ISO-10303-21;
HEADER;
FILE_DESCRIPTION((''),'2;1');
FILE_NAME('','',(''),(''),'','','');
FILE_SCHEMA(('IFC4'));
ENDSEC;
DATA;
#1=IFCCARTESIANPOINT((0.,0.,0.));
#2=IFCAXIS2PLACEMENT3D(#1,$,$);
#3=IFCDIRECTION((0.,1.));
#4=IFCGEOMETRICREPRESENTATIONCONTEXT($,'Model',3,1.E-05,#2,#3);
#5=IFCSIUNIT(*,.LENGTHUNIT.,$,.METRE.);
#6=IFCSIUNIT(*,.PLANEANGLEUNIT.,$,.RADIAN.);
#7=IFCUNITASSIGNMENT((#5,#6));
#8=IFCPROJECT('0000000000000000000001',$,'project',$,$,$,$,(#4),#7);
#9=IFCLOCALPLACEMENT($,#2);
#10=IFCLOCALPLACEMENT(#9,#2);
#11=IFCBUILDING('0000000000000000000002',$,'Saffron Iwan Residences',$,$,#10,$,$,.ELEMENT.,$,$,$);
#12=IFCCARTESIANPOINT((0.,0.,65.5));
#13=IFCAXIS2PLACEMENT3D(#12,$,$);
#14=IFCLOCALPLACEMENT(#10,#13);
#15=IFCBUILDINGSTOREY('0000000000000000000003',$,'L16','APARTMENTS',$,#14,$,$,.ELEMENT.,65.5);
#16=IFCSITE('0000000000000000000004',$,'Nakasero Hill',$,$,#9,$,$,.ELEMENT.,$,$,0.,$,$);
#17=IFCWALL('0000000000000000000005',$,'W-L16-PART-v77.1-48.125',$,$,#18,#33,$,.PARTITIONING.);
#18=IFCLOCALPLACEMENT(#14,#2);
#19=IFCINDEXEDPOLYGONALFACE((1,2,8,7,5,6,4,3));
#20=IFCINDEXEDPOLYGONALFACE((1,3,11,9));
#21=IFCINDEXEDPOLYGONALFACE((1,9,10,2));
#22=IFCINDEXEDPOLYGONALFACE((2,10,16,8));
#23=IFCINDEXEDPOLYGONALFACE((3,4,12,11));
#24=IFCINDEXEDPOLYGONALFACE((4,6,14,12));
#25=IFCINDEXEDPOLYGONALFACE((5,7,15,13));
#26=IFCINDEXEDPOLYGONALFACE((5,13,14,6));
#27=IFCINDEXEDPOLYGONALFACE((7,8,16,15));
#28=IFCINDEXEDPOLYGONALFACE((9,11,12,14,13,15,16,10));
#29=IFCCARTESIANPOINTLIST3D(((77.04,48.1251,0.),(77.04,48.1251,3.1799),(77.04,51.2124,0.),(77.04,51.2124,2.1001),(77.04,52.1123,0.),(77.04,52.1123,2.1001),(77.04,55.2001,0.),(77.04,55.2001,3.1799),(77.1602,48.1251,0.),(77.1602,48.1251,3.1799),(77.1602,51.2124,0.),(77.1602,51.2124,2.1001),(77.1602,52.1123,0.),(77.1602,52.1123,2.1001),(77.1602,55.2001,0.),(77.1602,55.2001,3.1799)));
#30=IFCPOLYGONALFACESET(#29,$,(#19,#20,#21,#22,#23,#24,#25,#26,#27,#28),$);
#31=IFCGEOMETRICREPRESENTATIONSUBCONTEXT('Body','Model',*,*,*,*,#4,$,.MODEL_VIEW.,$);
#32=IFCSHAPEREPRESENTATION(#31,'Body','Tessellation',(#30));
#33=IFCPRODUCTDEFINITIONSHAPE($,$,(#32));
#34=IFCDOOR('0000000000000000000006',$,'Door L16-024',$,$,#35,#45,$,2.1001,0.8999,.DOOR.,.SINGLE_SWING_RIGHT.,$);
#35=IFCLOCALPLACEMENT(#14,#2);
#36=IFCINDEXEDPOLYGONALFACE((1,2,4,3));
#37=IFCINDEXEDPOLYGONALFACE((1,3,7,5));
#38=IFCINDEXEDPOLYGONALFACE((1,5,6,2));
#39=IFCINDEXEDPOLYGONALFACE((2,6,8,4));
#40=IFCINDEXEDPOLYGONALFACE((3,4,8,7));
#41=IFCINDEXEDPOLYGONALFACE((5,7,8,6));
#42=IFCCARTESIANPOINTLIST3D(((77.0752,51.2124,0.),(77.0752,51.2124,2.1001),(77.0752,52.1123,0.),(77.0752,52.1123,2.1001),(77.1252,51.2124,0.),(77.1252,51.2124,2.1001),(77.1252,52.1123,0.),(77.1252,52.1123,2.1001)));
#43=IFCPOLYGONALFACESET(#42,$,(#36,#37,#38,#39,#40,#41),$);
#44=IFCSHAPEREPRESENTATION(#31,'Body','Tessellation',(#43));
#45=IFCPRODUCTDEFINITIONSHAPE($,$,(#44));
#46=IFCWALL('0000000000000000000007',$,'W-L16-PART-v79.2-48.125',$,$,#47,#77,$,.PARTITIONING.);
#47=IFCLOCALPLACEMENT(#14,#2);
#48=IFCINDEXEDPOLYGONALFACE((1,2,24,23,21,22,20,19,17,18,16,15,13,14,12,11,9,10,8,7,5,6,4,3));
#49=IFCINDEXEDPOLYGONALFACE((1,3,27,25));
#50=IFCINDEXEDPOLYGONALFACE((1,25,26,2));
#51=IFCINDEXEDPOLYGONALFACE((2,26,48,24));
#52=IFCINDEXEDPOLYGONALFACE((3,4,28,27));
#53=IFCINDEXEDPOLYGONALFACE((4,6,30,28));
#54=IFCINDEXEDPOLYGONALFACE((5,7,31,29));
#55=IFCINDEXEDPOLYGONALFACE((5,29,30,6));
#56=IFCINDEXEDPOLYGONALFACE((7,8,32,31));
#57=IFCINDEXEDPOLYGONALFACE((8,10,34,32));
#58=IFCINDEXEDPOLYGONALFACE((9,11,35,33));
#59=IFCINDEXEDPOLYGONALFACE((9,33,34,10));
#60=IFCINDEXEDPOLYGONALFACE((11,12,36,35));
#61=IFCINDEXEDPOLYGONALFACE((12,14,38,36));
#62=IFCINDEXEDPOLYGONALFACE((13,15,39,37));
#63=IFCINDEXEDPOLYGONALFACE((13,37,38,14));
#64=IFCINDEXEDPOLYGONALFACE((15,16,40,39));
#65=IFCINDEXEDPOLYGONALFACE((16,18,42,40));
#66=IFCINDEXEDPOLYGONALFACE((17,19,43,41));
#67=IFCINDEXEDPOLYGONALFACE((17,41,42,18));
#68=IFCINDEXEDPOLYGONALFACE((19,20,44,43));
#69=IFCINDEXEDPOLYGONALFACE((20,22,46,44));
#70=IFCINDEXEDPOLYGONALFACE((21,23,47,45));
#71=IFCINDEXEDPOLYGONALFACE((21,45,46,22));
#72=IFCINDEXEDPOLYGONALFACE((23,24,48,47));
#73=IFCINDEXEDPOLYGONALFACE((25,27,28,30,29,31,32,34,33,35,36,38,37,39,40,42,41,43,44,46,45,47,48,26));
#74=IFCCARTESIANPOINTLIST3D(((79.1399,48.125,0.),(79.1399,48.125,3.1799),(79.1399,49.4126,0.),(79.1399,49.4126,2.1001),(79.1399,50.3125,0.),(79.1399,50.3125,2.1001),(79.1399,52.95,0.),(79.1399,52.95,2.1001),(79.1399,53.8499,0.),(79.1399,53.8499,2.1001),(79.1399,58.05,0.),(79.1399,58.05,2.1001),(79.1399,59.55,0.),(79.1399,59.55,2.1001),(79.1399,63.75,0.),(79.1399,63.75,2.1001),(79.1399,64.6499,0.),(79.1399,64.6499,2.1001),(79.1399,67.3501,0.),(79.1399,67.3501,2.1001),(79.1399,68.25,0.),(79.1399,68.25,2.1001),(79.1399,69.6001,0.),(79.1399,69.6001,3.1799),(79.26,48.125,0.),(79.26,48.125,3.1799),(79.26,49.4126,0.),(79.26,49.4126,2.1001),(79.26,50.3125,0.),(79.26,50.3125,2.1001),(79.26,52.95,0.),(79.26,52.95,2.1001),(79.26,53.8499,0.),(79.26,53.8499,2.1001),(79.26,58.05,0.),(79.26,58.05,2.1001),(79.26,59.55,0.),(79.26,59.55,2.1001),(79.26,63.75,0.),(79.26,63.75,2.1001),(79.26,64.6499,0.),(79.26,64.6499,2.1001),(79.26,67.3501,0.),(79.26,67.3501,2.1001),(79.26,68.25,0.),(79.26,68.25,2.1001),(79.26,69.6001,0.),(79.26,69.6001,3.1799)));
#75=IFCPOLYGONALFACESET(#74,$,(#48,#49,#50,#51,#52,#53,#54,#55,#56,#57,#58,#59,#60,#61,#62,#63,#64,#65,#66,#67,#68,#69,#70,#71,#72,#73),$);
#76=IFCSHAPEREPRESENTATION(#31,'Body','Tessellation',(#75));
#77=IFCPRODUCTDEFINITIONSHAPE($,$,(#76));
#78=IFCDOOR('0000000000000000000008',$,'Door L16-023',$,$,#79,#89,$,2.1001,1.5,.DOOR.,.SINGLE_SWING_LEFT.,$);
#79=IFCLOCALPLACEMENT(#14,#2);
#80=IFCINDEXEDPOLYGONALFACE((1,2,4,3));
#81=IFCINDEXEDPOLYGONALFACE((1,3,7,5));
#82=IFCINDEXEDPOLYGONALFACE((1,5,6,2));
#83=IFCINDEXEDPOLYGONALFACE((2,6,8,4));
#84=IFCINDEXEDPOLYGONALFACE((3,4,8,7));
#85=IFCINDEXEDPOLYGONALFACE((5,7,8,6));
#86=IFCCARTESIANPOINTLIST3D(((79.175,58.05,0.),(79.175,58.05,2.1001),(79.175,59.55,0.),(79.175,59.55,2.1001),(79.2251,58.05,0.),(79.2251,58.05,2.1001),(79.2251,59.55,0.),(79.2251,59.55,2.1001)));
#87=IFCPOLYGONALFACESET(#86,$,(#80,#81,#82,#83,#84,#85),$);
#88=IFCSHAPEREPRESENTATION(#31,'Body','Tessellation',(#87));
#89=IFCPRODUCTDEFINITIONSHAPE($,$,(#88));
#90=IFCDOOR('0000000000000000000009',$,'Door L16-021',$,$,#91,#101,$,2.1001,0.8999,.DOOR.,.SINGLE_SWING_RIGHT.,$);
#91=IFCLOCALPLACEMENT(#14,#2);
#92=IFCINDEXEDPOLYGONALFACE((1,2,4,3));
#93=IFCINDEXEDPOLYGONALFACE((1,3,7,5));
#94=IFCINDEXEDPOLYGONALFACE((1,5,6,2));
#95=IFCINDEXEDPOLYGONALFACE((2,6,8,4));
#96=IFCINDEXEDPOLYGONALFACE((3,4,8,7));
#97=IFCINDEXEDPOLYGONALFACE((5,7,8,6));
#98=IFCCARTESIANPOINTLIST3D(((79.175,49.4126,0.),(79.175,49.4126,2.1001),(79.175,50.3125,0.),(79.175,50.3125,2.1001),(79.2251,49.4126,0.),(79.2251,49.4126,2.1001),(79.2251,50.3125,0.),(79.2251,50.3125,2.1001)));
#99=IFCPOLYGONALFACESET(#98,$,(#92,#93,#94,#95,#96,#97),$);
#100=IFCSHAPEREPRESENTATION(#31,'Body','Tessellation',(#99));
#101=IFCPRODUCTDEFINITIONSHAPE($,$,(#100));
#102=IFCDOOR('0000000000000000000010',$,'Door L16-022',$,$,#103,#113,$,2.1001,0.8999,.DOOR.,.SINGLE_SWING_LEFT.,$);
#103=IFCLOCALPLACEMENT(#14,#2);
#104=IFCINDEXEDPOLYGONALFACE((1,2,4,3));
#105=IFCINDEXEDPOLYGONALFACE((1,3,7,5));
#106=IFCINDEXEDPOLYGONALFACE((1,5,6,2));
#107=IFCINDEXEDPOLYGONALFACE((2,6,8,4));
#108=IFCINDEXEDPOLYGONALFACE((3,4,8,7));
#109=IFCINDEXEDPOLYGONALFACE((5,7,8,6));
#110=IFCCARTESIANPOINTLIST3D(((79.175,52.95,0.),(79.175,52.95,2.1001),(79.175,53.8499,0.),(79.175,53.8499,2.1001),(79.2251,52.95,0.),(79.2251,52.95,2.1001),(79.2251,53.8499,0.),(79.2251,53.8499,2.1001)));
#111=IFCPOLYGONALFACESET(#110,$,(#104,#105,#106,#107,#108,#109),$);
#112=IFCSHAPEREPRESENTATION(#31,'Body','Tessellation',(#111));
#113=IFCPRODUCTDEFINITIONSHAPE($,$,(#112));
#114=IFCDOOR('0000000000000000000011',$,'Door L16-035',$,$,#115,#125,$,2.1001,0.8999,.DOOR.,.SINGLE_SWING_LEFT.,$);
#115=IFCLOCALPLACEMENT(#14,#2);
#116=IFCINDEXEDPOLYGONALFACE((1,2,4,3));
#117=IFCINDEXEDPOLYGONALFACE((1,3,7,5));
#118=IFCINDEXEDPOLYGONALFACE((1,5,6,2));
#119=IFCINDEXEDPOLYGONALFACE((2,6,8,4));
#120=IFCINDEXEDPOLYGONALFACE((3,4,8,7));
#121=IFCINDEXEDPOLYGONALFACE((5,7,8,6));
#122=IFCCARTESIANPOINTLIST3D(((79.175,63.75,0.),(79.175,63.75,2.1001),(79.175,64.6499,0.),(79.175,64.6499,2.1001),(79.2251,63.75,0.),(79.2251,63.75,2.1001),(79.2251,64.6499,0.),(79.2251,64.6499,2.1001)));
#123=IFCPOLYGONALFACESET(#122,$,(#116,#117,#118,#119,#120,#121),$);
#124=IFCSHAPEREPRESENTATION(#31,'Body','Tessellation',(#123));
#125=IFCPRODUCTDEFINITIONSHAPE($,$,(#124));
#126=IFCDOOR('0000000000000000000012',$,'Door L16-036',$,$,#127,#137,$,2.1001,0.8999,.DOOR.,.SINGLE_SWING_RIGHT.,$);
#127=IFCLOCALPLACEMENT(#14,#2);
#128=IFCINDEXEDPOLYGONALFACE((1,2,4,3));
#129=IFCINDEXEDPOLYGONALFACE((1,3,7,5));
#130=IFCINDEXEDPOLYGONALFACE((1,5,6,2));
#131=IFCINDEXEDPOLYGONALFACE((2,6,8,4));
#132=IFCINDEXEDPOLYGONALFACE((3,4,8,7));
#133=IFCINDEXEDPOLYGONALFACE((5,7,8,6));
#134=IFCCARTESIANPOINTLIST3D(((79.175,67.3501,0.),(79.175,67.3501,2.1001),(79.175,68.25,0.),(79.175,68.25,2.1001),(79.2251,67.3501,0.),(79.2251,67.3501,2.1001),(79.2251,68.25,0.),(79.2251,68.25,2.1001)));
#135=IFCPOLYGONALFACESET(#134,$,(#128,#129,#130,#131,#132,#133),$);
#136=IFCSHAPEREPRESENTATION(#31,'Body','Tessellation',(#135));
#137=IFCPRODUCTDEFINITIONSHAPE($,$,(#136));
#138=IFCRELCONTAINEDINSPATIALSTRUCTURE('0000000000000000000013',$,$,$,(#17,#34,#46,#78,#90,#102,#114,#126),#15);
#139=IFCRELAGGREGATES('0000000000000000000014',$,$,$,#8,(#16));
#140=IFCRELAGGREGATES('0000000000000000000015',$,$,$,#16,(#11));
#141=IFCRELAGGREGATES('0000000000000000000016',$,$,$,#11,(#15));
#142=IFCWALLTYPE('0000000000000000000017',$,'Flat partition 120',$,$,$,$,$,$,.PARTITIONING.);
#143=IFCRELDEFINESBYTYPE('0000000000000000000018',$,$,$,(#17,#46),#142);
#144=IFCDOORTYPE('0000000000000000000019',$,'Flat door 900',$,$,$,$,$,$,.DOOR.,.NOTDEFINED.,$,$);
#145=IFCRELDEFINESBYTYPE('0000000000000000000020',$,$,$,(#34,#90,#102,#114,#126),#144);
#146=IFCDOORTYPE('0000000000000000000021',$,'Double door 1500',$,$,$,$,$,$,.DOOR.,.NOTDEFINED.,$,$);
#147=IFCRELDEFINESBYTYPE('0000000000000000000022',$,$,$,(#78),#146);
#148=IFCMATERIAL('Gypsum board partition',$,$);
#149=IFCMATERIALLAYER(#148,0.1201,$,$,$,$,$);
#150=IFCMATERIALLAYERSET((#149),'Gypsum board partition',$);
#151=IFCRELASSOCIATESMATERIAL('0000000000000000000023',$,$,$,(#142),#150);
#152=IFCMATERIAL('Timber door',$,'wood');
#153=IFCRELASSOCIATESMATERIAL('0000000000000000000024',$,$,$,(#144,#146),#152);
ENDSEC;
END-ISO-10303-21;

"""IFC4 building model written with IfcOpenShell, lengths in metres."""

from ifc_helpers import new_model, si_unit, direction, frame, frame_2d, origin, place, context, subcontext, project, spatial, rectangle, extrude, material, layer, layer_set, type_object, element, fill, save


model = new_model("IFC4")

# Units and contexts
model_context = context("Model", 3, precision=1e-05, world=origin(), true_north=direction((0.0, 1.0)))
body_context = subcontext(model_context, "Body", "Model", "MODEL_VIEW")
ifc_project = project(units=[si_unit("LENGTHUNIT", "METRE"), si_unit("PLANEANGLEUNIT", "RADIAN")], contexts=[model_context])

# Site, building, storey
site_placement = place(None, origin())
site = spatial("IfcSite", under=ifc_project, at=site_placement, Name="Nakasero Hill", CompositionType="ELEMENT", RefElevation=0.0)
building_placement = place(site_placement, origin())
building = spatial("IfcBuilding", under=site, at=building_placement, Name="Saffron Iwan Residences", CompositionType="ELEMENT")
storey_placement = place(building_placement, frame((0.0, 0.0, 65.5)))
storey = spatial("IfcBuildingStorey", under=building, at=storey_placement, Name="L16", Description="APARTMENTS", CompositionType="ELEMENT", Elevation=65.5)

# Shared definitions
ifc_material_1 = material(Name="Gypsum board partition")
ifc_layer_1 = layer(ifc_material_1, 0.1201)
ifc_layer_set_1 = layer_set([ifc_layer_1], Name="Gypsum board partition")
wall_type_1 = type_object("IfcWallType", Name="Flat partition 120", PredefinedType="PARTITIONING", material=ifc_layer_set_1)

# Shared definitions
ifc_material_2 = material(Name="Timber door", Category="wood")
door_type_1 = type_object("IfcDoorType", Name="Flat door 900", OperationType="NOTDEFINED", PredefinedType="DOOR", material=ifc_material_2)

# Wall, opening, door
wall_1_placement = place(storey_placement, frame((77.1001, 48.125, 0.0), z_axis=(0.0, 0.0, 1.0), x_axis=(0.0, 1.0, 0.0)))
wall_1 = element("IfcWall", 1, at=wall_1_placement, inside=storey, type_object=wall_type_1, Name="W-L16-PART-v77.1-48.125", PredefinedType="PARTITIONING", context=body_context, shape_type="SweptSolid", body=[
    extrude(rectangle(XDim=7.075, YDim=0.1201, at=frame_2d((3.5376, 0.0))), origin(), (0.0, 0.0, 1.0), 3.1799),
])
opening_1_placement = place(wall_1_placement, frame((3.0874, 0.0, 0.0)))
opening_1 = element("IfcOpeningElement", 2, at=opening_1_placement, cuts=wall_1, PredefinedType="OPENING", context=body_context, shape_type="SweptSolid", body=[
    extrude(rectangle(XDim=0.8999, YDim=2.1001, at=frame_2d((0.45, 1.05))), frame((0.0, 0.0701, 0.0), z_axis=(0.0, -1.0, 0.0), x_axis=(1.0, 0.0, 0.0)), (0.0, 0.0, 1.0), 0.1401),
])
door_1_placement = place(opening_1_placement, origin())
door_1 = element("IfcDoor", 3, at=door_1_placement, inside=storey, type_object=door_type_1, Name="Door L16-024", OperationType="SINGLE_SWING_RIGHT", OverallHeight=2.1001, OverallWidth=0.8999, PredefinedType="DOOR", context=body_context, shape_type="SweptSolid", body=[
    extrude(rectangle(XDim=0.8999, YDim=2.1001, at=frame_2d((0.45, 1.05))), frame((0.0, 0.0249, 0.0), z_axis=(0.0, -1.0, 0.0), x_axis=(1.0, 0.0, 0.0)), (0.0, 0.0, 1.0), 0.05),
])
fill(opening_1, door_1)

# Wall, openings, doors
wall_2_placement = place(storey_placement, frame((79.2, 48.125, 0.0), z_axis=(0.0, 0.0, 1.0), x_axis=(0.0, 1.0, 0.0)))
wall_2 = element("IfcWall", 4, at=wall_2_placement, inside=storey, type_object=wall_type_1, Name="W-L16-PART-v79.2-48.125", PredefinedType="PARTITIONING", context=body_context, shape_type="SweptSolid", body=[
    extrude(rectangle(XDim=21.4751, YDim=0.1201, at=frame_2d((10.7375, 0.0))), origin(), (0.0, 0.0, 1.0), 3.1799),
])
opening_2_placement = place(wall_2_placement, frame((1.2876, 0.0, 0.0)))
opening_2 = element("IfcOpeningElement", 5, at=opening_2_placement, cuts=wall_2, PredefinedType="OPENING", context=body_context, shape_type="SweptSolid", body=[
    extrude(rectangle(XDim=0.8999, YDim=2.1001, at=frame_2d((0.45, 1.05))), frame((0.0, 0.0701, 0.0), z_axis=(0.0, -1.0, 0.0), x_axis=(1.0, 0.0, 0.0)), (0.0, 0.0, 1.0), 0.1401),
])
opening_3_placement = place(wall_2_placement, frame((4.825, 0.0, 0.0)))
opening_3 = element("IfcOpeningElement", 6, at=opening_3_placement, cuts=wall_2, PredefinedType="OPENING", context=body_context, shape_type="SweptSolid", body=[
    extrude(rectangle(XDim=0.8999, YDim=2.1001, at=frame_2d((0.45, 1.05))), frame((0.0, 0.0701, 0.0), z_axis=(0.0, -1.0, 0.0), x_axis=(1.0, 0.0, 0.0)), (0.0, 0.0, 1.0), 0.1401),
])
opening_4_placement = place(wall_2_placement, frame((9.925, 0.0, 0.0)))
opening_4 = element("IfcOpeningElement", 7, at=opening_4_placement, cuts=wall_2, PredefinedType="OPENING", context=body_context, shape_type="SweptSolid", body=[
    extrude(rectangle(XDim=1.5, YDim=2.1001, at=frame_2d((0.75, 1.05))), frame((0.0, 0.0701, 0.0), z_axis=(0.0, -1.0, 0.0), x_axis=(1.0, 0.0, 0.0)), (0.0, 0.0, 1.0), 0.1401),
])
opening_5_placement = place(wall_2_placement, frame((15.625, 0.0, 0.0)))
opening_5 = element("IfcOpeningElement", 8, at=opening_5_placement, cuts=wall_2, PredefinedType="OPENING", context=body_context, shape_type="SweptSolid", body=[
    extrude(rectangle(XDim=0.8999, YDim=2.1001, at=frame_2d((0.45, 1.05))), frame((0.0, 0.0701, 0.0), z_axis=(0.0, -1.0, 0.0), x_axis=(1.0, 0.0, 0.0)), (0.0, 0.0, 1.0), 0.1401),
])
opening_6_placement = place(wall_2_placement, frame((19.2251, 0.0, 0.0)))
opening_6 = element("IfcOpeningElement", 9, at=opening_6_placement, cuts=wall_2, PredefinedType="OPENING", context=body_context, shape_type="SweptSolid", body=[
    extrude(rectangle(XDim=0.8999, YDim=2.1001, at=frame_2d((0.45, 1.05))), frame((0.0, 0.0701, 0.0), z_axis=(0.0, -1.0, 0.0), x_axis=(1.0, 0.0, 0.0)), (0.0, 0.0, 1.0), 0.1401),
])
door_type_2 = type_object("IfcDoorType", Name="Double door 1500", OperationType="NOTDEFINED", PredefinedType="DOOR", material=ifc_material_2)
door_2_placement = place(opening_4_placement, origin())
door_2 = element("IfcDoor", 10, at=door_2_placement, inside=storey, type_object=door_type_2, Name="Door L16-023", OperationType="SINGLE_SWING_LEFT", OverallHeight=2.1001, OverallWidth=1.5, PredefinedType="DOOR", context=body_context, shape_type="SweptSolid", body=[
    extrude(rectangle(XDim=1.5, YDim=2.1001, at=frame_2d((0.75, 1.05))), frame((0.0, 0.0249, 0.0), z_axis=(0.0, -1.0, 0.0), x_axis=(1.0, 0.0, 0.0)), (0.0, 0.0, 1.0), 0.05),
])
fill(opening_4, door_2)
door_3_placement = place(opening_2_placement, origin())
door_3 = element("IfcDoor", 11, at=door_3_placement, inside=storey, type_object=door_type_1, Name="Door L16-021", OperationType="SINGLE_SWING_RIGHT", OverallHeight=2.1001, OverallWidth=0.8999, PredefinedType="DOOR", context=body_context, shape_type="SweptSolid", body=[
    extrude(rectangle(XDim=0.8999, YDim=2.1001, at=frame_2d((0.45, 1.05))), frame((0.0, 0.0249, 0.0), z_axis=(0.0, -1.0, 0.0), x_axis=(1.0, 0.0, 0.0)), (0.0, 0.0, 1.0), 0.05),
])
fill(opening_2, door_3)
door_4_placement = place(opening_3_placement, origin())
door_4 = element("IfcDoor", 12, at=door_4_placement, inside=storey, type_object=door_type_1, Name="Door L16-022", OperationType="SINGLE_SWING_LEFT", OverallHeight=2.1001, OverallWidth=0.8999, PredefinedType="DOOR", context=body_context, shape_type="SweptSolid", body=[
    extrude(rectangle(XDim=0.8999, YDim=2.1001, at=frame_2d((0.45, 1.05))), frame((0.0, 0.0249, 0.0), z_axis=(0.0, -1.0, 0.0), x_axis=(1.0, 0.0, 0.0)), (0.0, 0.0, 1.0), 0.05),
])
fill(opening_3, door_4)
door_5_placement = place(opening_5_placement, origin())
door_5 = element("IfcDoor", 13, at=door_5_placement, inside=storey, type_object=door_type_1, Name="Door L16-035", OperationType="SINGLE_SWING_LEFT", OverallHeight=2.1001, OverallWidth=0.8999, PredefinedType="DOOR", context=body_context, shape_type="SweptSolid", body=[
    extrude(rectangle(XDim=0.8999, YDim=2.1001, at=frame_2d((0.45, 1.05))), frame((0.0, 0.0249, 0.0), z_axis=(0.0, -1.0, 0.0), x_axis=(1.0, 0.0, 0.0)), (0.0, 0.0, 1.0), 0.05),
])
fill(opening_5, door_5)
door_6_placement = place(opening_6_placement, origin())
door_6 = element("IfcDoor", 14, at=door_6_placement, inside=storey, type_object=door_type_1, Name="Door L16-036", OperationType="SINGLE_SWING_RIGHT", OverallHeight=2.1001, OverallWidth=0.8999, PredefinedType="DOOR", context=body_context, shape_type="SweptSolid", body=[
    extrude(rectangle(XDim=0.8999, YDim=2.1001, at=frame_2d((0.45, 1.05))), frame((0.0, 0.0249, 0.0), z_axis=(0.0, -1.0, 0.0), x_axis=(1.0, 0.0, 0.0)), (0.0, 0.0, 1.0), 0.05),
])
fill(opening_6, door_6)

save(model, "model.ifc")
